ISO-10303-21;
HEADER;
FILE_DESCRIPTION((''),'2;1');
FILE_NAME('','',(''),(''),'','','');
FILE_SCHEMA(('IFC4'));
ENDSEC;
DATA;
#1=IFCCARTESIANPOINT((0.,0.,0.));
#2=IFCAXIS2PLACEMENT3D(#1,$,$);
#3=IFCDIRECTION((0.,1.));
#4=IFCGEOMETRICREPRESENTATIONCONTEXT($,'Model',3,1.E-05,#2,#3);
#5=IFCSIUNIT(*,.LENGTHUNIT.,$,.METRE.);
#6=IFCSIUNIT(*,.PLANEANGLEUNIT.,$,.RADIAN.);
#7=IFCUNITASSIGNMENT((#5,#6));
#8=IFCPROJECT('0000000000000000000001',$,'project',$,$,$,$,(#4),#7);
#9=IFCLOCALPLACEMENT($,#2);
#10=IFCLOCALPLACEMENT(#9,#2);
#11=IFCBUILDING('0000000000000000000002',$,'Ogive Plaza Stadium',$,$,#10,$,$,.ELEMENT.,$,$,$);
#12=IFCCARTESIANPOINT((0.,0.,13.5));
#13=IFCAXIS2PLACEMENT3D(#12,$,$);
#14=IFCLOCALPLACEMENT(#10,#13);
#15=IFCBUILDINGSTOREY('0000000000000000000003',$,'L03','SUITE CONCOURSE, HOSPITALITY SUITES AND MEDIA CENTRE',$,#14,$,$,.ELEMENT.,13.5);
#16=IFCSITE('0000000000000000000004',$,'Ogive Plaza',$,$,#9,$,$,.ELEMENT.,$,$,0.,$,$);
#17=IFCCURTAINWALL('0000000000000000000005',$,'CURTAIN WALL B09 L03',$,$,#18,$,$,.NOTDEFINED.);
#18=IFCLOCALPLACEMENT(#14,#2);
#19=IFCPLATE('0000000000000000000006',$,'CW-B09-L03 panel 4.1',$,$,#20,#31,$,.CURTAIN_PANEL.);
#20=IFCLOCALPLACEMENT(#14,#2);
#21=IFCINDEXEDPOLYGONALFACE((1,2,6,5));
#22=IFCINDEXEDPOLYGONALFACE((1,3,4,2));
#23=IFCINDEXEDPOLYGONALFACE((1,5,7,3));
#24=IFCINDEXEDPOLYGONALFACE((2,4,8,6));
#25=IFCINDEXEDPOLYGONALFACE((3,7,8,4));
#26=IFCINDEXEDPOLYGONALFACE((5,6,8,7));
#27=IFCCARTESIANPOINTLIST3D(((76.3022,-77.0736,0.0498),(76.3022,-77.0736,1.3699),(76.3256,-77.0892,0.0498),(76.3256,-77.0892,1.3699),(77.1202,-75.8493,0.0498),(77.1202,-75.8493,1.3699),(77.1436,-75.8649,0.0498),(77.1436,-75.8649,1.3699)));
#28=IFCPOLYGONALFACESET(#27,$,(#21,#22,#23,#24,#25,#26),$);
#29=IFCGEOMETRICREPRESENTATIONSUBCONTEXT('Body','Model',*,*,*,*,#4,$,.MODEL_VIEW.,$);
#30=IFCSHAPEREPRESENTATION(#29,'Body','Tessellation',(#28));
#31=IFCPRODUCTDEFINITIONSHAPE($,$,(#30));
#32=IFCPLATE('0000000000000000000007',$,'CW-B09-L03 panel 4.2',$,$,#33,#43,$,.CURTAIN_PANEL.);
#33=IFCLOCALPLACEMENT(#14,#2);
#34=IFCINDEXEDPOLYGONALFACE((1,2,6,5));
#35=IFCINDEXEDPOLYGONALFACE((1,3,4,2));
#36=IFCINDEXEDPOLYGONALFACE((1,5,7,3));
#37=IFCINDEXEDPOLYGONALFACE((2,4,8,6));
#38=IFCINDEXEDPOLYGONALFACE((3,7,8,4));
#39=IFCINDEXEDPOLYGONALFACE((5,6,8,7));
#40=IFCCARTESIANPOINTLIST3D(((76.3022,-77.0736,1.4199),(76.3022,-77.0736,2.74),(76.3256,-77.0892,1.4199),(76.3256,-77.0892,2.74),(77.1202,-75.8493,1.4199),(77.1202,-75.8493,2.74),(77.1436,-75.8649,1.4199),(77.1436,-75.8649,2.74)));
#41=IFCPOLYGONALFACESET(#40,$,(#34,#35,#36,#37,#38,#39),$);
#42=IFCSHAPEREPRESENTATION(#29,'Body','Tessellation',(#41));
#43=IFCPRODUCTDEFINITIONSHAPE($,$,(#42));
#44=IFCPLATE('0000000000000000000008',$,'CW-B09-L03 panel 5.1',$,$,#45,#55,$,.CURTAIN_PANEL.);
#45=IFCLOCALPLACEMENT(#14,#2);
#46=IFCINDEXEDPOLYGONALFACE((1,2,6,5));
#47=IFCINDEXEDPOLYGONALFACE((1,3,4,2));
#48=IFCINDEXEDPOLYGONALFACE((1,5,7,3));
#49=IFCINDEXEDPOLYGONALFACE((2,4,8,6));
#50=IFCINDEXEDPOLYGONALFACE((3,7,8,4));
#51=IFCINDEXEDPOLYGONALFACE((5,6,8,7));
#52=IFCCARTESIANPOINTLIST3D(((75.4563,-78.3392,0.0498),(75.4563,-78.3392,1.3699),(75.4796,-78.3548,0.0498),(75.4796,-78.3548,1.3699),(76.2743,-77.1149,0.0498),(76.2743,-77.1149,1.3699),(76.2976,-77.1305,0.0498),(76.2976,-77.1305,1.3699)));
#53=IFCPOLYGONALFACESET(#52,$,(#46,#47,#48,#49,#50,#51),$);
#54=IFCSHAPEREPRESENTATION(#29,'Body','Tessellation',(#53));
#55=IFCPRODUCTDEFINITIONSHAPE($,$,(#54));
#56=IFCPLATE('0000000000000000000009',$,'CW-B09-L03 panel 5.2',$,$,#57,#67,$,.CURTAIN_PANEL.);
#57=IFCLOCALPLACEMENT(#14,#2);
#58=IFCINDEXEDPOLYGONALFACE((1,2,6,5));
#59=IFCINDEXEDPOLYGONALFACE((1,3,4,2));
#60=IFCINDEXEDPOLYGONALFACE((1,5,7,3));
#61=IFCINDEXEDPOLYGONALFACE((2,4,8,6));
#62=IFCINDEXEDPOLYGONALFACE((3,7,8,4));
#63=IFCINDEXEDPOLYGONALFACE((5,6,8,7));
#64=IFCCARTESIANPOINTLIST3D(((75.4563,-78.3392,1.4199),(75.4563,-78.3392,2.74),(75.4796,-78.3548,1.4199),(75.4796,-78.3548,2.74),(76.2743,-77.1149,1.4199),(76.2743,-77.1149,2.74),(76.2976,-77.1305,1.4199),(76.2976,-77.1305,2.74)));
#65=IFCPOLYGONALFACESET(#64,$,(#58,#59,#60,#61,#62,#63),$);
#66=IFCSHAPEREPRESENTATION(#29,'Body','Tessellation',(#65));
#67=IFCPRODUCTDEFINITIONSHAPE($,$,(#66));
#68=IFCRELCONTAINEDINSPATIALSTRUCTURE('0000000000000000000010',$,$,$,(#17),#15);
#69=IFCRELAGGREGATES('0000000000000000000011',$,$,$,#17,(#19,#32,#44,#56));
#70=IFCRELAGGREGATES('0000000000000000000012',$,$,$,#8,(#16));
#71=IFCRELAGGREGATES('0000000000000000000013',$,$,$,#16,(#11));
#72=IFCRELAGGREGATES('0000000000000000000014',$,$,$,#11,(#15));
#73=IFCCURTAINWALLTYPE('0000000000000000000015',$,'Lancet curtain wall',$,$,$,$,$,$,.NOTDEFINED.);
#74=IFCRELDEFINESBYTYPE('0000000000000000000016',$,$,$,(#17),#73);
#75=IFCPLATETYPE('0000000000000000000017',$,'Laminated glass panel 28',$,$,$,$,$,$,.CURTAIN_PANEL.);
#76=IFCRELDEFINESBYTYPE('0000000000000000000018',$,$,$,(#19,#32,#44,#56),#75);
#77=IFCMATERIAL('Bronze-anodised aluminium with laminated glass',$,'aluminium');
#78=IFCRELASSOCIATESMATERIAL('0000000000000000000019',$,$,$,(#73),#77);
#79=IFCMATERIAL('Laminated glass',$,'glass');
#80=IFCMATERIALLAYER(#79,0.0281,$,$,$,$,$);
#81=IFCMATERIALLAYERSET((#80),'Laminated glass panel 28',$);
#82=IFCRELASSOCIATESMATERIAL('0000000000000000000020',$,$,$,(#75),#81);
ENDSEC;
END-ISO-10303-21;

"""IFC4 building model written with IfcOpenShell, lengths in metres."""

from ifc_helpers import new_model, si_unit, direction, frame, origin, origin_2d, place, context, subcontext, project, spatial, rectangle, extrude, material, layer, layer_set, type_object, element, aggregate, save


model = new_model("IFC4")

# Units and contexts
model_context = context("Model", 3, precision=1e-05, world=origin(), true_north=direction((0.0, 1.0)))
body_context = subcontext(model_context, "Body", "Model", "MODEL_VIEW")
ifc_project = project(units=[si_unit("LENGTHUNIT", "METRE"), si_unit("PLANEANGLEUNIT", "RADIAN")], contexts=[model_context])

# Site, building, storey
site_placement = place(None, origin())
site = spatial("IfcSite", under=ifc_project, at=site_placement, Name="Ogive Plaza", CompositionType="ELEMENT", RefElevation=0.0)
building_placement = place(site_placement, origin())
building = spatial("IfcBuilding", under=site, at=building_placement, Name="Ogive Plaza Stadium", CompositionType="ELEMENT")
storey_placement = place(building_placement, frame((0.0, 0.0, 13.5)))
storey = spatial("IfcBuildingStorey", under=building, at=storey_placement, Name="L03", Description="SUITE CONCOURSE, HOSPITALITY SUITES AND MEDIA CENTRE", CompositionType="ELEMENT", Elevation=13.5)

# Curtain wall
ifc_material_1 = material(Name="Bronze-anodised aluminium with laminated glass", Category="aluminium")
curtain_wall_type = type_object("IfcCurtainWallType", Name="Lancet curtain wall", PredefinedType="NOTDEFINED", material=ifc_material_1)
curtain_wall_placement = place(storey_placement, origin())
curtain_wall = element("IfcCurtainWall", 1, at=curtain_wall_placement, inside=storey, type_object=curtain_wall_type, Name="CURTAIN WALL B09 L03", PredefinedType="NOTDEFINED")

# Plates
ifc_material_2 = material(Name="Laminated glass", Category="glass")
ifc_layer = layer(ifc_material_2, 0.0281)
ifc_layer_set = layer_set([ifc_layer], Name="Laminated glass panel 28")
plate_type = type_object("IfcPlateType", Name="Laminated glass panel 28", PredefinedType="CURTAIN_PANEL", material=ifc_layer_set)
plate_1_placement = place(storey_placement, frame((76.7229, -76.4692, 0.0498), z_axis=(0.0, 0.0, 1.0), x_axis=(-0.55557, -0.83147, 0.0)))
plate_1 = element("IfcPlate", 2, at=plate_1_placement, type_object=plate_type, Name="CW-B09-L03 panel 4.1", PredefinedType="CURTAIN_PANEL", context=body_context, shape_type="SweptSolid", body=[
    extrude(rectangle(XDim=1.4724, YDim=0.0281, at=origin_2d()), origin(), (0.0, 0.0, 1.0), 1.3201),
])
plate_2_placement = place(storey_placement, frame((76.7229, -76.4692, 1.4199), z_axis=(0.0, 0.0, 1.0), x_axis=(-0.55557, -0.83147, 0.0)))
plate_2 = element("IfcPlate", 3, at=plate_2_placement, type_object=plate_type, Name="CW-B09-L03 panel 4.2", PredefinedType="CURTAIN_PANEL", context=body_context, shape_type="SweptSolid", body=[
    extrude(rectangle(XDim=1.4724, YDim=0.0281, at=origin_2d()), origin(), (0.0, 0.0, 1.0), 1.3201),
])
plate_3_placement = place(storey_placement, frame((75.877, -77.7349, 0.0498), z_axis=(0.0, 0.0, 1.0), x_axis=(-0.55557, -0.83147, 0.0)))
plate_3 = element("IfcPlate", 4, at=plate_3_placement, type_object=plate_type, Name="CW-B09-L03 panel 5.1", PredefinedType="CURTAIN_PANEL", context=body_context, shape_type="SweptSolid", body=[
    extrude(rectangle(XDim=1.4724, YDim=0.0281, at=origin_2d()), origin(), (0.0, 0.0, 1.0), 1.3201),
])
plate_4_placement = place(storey_placement, frame((75.877, -77.7349, 1.4199), z_axis=(0.0, 0.0, 1.0), x_axis=(-0.55557, -0.83147, 0.0)))
plate_4 = element("IfcPlate", 5, at=plate_4_placement, type_object=plate_type, Name="CW-B09-L03 panel 5.2", PredefinedType="CURTAIN_PANEL", context=body_context, shape_type="SweptSolid", body=[
    extrude(rectangle(XDim=1.4724, YDim=0.0281, at=origin_2d()), origin(), (0.0, 0.0, 1.0), 1.3201),
])
aggregate(curtain_wall, [plate_1, plate_2, plate_3, plate_4])

save(model, "model.ifc")
